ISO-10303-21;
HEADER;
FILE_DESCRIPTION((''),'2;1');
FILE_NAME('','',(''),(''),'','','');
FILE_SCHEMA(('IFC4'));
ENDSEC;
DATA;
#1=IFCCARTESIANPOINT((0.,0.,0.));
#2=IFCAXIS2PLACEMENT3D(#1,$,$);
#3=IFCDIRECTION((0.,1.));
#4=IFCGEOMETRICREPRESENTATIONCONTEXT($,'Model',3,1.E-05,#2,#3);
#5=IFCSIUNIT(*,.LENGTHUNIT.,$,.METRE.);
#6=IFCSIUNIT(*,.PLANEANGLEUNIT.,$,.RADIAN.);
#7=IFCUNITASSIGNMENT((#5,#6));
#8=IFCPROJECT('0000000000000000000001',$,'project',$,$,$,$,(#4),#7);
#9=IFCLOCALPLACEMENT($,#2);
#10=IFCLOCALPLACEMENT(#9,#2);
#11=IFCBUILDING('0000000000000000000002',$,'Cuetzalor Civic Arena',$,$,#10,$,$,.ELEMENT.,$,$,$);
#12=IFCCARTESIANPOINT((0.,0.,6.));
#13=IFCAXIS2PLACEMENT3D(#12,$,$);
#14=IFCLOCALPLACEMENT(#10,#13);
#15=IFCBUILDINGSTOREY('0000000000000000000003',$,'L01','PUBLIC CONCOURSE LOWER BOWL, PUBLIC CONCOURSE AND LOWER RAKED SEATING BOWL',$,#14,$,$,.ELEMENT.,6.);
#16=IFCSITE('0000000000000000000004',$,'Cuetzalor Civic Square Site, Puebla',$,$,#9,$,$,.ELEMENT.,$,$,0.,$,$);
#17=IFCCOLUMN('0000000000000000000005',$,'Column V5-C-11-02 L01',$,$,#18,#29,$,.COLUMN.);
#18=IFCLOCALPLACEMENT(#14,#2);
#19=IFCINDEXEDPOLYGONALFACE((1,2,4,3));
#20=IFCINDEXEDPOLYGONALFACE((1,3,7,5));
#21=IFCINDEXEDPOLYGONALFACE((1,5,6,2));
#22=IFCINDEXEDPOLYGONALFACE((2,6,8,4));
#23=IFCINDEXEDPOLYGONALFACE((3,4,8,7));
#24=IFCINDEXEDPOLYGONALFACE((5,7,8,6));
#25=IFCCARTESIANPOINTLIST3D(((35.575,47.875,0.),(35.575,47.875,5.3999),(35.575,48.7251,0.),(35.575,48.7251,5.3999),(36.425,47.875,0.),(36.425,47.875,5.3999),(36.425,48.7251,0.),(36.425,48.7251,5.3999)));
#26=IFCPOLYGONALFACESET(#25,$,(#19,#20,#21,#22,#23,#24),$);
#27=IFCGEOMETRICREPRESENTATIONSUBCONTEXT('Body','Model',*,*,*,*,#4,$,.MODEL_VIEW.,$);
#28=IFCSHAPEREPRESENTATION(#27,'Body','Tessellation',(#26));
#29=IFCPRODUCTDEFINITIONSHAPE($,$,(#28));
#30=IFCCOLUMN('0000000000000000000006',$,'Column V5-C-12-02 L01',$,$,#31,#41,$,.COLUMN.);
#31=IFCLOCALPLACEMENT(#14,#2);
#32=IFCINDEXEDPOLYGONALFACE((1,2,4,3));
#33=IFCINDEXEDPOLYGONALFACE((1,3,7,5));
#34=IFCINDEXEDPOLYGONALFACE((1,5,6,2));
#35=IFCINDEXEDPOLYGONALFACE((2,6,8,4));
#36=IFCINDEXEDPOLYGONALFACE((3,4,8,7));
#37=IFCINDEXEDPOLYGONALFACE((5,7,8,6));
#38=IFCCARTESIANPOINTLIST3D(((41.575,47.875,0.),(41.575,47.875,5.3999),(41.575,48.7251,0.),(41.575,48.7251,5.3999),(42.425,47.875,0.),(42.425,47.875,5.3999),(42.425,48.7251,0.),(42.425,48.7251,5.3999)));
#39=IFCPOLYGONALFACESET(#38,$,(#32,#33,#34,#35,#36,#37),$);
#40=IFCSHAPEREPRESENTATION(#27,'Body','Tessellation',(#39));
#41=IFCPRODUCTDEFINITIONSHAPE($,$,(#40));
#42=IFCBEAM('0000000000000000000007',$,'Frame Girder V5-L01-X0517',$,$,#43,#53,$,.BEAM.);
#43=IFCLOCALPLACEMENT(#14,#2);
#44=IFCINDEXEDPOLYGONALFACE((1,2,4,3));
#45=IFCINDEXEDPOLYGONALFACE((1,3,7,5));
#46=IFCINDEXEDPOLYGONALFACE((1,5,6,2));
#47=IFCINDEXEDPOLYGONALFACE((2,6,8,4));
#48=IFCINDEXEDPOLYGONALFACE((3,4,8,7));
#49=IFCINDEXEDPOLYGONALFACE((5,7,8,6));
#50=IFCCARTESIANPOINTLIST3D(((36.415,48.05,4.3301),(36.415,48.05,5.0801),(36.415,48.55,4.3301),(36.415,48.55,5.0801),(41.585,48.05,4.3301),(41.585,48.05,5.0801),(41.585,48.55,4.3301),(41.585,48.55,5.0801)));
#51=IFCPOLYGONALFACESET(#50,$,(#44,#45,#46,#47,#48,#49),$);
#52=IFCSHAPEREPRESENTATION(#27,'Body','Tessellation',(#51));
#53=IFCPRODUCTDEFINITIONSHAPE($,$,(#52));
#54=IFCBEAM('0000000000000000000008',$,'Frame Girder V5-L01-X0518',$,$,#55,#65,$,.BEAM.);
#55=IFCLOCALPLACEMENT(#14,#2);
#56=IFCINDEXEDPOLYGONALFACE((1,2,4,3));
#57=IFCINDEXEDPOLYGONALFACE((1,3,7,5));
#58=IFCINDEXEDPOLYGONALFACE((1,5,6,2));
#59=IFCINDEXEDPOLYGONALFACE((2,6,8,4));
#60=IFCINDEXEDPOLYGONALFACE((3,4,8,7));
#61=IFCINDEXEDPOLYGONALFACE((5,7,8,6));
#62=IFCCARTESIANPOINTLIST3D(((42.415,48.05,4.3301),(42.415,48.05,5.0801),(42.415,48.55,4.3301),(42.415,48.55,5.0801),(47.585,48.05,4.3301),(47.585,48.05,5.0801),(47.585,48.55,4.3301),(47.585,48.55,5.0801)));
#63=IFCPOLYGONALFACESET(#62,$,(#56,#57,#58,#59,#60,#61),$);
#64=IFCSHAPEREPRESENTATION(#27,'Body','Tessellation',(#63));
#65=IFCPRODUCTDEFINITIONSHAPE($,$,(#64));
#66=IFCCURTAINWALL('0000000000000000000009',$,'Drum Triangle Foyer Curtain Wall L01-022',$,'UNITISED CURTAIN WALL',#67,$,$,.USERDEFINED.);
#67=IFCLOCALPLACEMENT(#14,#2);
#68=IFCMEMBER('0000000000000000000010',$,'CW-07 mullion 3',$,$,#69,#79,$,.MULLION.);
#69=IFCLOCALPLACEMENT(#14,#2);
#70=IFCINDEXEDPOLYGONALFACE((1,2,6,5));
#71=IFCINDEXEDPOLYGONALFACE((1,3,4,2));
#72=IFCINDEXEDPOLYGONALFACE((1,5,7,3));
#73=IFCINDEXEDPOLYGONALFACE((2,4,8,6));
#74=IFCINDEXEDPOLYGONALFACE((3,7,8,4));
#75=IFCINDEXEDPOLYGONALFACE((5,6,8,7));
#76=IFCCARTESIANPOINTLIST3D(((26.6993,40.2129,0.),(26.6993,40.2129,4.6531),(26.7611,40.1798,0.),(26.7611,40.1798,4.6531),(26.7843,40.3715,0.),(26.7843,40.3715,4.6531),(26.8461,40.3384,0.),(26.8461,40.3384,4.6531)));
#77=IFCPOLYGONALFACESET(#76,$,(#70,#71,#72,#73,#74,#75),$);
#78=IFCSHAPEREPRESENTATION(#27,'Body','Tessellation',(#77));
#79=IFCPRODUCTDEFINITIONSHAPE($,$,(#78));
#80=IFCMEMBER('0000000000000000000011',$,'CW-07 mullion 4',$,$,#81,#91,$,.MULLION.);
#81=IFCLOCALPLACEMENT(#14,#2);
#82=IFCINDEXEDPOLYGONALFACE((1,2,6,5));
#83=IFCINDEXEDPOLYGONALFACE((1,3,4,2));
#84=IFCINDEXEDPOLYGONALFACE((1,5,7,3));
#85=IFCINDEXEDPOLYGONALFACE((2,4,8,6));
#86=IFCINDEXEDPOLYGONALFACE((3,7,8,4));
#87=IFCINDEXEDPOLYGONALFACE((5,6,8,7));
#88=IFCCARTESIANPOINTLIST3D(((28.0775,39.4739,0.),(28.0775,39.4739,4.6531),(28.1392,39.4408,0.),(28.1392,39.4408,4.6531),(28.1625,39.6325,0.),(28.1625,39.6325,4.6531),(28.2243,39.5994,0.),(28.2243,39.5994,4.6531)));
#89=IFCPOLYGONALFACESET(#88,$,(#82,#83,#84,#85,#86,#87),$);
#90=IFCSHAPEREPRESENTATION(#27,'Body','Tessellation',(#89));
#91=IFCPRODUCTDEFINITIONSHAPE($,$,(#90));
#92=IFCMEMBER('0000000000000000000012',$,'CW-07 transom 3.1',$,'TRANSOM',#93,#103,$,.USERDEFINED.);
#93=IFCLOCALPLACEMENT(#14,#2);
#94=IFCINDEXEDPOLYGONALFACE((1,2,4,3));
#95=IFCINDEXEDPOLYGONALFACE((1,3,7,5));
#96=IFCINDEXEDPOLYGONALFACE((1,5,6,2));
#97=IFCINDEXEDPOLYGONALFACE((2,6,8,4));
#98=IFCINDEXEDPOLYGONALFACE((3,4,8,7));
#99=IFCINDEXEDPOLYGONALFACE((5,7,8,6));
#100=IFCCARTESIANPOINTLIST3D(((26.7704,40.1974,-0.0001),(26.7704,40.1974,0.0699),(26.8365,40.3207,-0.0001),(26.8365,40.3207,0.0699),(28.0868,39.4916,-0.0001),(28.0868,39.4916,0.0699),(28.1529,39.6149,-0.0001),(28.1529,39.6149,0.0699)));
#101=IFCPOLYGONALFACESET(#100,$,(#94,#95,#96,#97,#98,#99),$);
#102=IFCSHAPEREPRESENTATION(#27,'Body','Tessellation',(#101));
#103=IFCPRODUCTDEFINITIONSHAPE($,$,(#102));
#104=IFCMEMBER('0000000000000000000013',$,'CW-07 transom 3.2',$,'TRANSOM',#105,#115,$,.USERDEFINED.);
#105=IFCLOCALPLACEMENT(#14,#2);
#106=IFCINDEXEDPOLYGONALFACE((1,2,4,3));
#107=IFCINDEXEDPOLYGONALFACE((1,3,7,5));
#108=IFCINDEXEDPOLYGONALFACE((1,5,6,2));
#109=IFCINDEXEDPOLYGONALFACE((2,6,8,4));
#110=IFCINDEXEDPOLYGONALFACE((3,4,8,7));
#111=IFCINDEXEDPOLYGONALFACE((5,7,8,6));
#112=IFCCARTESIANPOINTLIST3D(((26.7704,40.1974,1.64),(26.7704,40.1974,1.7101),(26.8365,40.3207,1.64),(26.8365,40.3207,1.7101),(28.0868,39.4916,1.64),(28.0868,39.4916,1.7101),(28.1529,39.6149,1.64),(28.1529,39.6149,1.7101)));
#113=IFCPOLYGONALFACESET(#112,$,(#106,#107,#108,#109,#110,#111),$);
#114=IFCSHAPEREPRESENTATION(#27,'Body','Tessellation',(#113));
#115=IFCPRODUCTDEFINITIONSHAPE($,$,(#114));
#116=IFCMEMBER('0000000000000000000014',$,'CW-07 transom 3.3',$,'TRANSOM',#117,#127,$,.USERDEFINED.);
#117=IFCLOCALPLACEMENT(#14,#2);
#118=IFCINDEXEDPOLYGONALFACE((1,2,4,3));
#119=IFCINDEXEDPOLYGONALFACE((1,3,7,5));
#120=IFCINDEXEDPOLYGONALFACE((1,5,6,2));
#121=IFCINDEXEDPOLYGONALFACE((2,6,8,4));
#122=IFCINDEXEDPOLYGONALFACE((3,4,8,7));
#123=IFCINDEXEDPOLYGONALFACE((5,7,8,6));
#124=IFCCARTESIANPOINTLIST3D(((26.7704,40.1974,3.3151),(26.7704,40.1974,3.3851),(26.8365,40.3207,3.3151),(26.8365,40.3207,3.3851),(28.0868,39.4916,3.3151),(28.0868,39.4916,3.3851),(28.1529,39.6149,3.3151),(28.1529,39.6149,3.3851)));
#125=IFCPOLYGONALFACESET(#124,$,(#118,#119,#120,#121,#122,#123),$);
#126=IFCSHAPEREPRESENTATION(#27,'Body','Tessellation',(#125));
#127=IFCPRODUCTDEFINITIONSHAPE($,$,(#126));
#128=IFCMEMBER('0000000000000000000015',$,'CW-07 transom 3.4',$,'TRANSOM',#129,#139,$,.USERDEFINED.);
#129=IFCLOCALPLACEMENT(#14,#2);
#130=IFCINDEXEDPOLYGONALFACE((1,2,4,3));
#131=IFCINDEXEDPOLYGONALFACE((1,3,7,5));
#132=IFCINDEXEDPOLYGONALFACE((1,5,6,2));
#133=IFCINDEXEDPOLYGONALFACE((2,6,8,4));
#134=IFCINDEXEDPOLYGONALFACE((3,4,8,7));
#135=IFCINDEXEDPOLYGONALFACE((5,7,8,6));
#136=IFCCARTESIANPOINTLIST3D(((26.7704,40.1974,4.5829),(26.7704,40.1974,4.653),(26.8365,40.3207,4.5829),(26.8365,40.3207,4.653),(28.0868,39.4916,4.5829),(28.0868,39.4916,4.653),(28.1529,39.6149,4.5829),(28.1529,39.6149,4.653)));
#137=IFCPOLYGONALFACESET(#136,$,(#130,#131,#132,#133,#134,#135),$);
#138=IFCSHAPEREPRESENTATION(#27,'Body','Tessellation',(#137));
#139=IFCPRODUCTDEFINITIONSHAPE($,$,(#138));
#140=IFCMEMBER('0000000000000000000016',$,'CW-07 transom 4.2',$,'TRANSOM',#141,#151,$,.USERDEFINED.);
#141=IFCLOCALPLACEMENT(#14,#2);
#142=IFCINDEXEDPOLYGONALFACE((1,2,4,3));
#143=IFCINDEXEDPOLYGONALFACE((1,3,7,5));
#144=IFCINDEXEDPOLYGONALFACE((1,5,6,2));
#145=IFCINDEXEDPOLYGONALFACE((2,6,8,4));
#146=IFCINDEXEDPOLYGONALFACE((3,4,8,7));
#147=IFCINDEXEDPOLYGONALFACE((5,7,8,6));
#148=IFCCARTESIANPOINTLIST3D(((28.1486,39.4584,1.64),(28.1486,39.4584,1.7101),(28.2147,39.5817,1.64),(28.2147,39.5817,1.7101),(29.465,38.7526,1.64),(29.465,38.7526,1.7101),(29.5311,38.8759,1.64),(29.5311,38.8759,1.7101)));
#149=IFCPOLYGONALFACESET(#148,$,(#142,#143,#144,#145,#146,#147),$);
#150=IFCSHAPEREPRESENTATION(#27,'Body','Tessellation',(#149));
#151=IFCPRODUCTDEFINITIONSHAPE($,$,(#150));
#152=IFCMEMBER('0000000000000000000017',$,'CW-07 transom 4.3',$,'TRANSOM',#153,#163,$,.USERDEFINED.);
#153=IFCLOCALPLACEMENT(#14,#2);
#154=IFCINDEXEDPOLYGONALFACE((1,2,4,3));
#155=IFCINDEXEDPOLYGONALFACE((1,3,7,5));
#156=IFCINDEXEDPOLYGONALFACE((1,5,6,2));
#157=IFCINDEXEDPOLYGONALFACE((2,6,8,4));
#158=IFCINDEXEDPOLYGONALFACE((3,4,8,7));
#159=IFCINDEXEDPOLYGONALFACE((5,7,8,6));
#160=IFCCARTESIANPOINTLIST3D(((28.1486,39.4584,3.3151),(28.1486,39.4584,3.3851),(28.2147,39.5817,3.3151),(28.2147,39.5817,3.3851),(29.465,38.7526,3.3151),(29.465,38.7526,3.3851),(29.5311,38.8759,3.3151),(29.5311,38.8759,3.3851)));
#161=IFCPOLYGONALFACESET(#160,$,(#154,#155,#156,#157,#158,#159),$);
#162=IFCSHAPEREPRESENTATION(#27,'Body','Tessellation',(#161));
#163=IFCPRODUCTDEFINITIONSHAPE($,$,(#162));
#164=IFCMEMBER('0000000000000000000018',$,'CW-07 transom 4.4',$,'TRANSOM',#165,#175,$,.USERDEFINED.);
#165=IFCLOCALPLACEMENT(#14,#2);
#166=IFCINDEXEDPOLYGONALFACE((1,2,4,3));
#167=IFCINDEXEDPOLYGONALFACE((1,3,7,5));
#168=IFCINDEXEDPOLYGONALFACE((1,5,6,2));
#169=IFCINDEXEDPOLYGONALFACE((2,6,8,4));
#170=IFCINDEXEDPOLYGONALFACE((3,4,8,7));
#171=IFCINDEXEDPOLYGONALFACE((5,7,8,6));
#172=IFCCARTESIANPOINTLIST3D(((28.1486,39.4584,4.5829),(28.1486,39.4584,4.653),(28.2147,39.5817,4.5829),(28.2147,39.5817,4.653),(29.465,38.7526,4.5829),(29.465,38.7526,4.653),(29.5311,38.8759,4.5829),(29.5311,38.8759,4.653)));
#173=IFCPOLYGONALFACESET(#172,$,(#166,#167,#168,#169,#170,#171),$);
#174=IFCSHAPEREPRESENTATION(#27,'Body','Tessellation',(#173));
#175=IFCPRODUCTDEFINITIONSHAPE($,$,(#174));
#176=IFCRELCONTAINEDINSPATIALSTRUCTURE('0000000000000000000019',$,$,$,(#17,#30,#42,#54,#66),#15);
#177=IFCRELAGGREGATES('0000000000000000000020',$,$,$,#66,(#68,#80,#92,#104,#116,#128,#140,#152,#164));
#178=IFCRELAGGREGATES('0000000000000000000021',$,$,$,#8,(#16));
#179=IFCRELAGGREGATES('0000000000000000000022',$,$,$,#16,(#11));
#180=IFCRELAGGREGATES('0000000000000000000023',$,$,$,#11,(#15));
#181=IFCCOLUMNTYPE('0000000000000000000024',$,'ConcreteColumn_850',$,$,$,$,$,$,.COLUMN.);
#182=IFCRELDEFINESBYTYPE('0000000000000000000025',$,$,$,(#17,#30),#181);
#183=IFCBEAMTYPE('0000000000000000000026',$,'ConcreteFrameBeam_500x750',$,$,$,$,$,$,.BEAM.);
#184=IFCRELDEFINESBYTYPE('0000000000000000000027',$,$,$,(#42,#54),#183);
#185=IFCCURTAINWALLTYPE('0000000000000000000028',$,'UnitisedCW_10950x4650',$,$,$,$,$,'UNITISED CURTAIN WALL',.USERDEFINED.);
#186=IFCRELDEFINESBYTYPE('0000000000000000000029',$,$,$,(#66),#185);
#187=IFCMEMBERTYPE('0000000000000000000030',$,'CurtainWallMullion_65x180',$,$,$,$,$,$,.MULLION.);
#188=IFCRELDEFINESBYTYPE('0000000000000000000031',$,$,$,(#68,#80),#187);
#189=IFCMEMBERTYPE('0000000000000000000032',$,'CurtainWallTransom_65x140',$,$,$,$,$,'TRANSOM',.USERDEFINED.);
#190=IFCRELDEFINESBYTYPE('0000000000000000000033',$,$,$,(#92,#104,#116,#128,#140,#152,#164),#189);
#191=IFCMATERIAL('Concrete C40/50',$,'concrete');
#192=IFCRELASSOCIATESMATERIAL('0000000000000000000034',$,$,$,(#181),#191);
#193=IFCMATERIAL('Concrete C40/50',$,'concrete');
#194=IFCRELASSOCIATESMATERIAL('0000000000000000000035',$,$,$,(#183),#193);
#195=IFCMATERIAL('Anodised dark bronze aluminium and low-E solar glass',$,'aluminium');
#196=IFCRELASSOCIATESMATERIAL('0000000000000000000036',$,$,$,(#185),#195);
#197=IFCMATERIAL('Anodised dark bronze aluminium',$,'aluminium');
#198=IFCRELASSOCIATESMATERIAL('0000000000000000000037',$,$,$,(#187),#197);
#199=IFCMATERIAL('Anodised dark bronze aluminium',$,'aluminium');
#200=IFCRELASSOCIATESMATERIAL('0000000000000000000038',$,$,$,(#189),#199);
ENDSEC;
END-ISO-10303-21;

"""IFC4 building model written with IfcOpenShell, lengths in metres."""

from ifc_helpers import new_model, si_unit, direction, frame, origin, origin_2d, place, context, subcontext, project, spatial, rectangle, extrude, material, material_profile, profile_set, type_object, element, aggregate, save


model = new_model("IFC4")

# Units and contexts
model_context = context("Model", 3, precision=1e-05, world=origin(), true_north=direction((0.0, 1.0)))
body_context = subcontext(model_context, "Body", "Model", "MODEL_VIEW")
ifc_project = project(units=[si_unit("LENGTHUNIT", "METRE"), si_unit("PLANEANGLEUNIT", "RADIAN")], contexts=[model_context])

# Site, building, storey
site_placement = place(None, origin())
site = spatial("IfcSite", under=ifc_project, at=site_placement, Name="Cuetzalor Civic Square Site, Puebla", CompositionType="ELEMENT", RefElevation=0.0)
building_placement = place(site_placement, origin())
building = spatial("IfcBuilding", under=site, at=building_placement, Name="Cuetzalor Civic Arena", CompositionType="ELEMENT")
storey_placement = place(building_placement, frame((0.0, 0.0, 6.0)))
storey = spatial("IfcBuildingStorey", under=building, at=storey_placement, Name="L01", Description="PUBLIC CONCOURSE LOWER BOWL, PUBLIC CONCOURSE AND LOWER RAKED SEATING BOWL", CompositionType="ELEMENT", Elevation=6.0)

# Columns
ifc_material_1 = material(Name="Concrete C40/50", Category="concrete")
ifc_material_profile_1 = material_profile(ifc_material_1, rectangle(XDim=0.8501, YDim=0.8501, at=origin_2d()), Name="RC 850x850")
ifc_profile_set_1 = profile_set([ifc_material_profile_1], Name="Concrete C40/50")
column_type = type_object("IfcColumnType", Name="ConcreteColumn_850", PredefinedType="COLUMN", material=ifc_profile_set_1)
for number, where, z_axis, x_axis, name in (
    (1, (36.0, 48.3, 0.0), (0.0, 0.0, 1.0), (1.0, 0.0, 0.0), "Column V5-C-11-02 L01"),
    (2, (42.0, 48.3, 0.0), (0.0, 0.0, 1.0), (1.0, 0.0, 0.0), "Column V5-C-12-02 L01"),
):
    element("IfcColumn", number, at=place(storey_placement, frame(where, z_axis=z_axis, x_axis=x_axis)), inside=storey, type_object=column_type, Name=name, PredefinedType="COLUMN", context=body_context, shape_type="SweptSolid", body=[
        extrude(rectangle(XDim=0.8501, YDim=0.8501, at=origin_2d()), origin(), (0.0, 0.0, 1.0), 5.3999),
    ])

# Beams
ifc_material_2 = material(Name="Concrete C40/50", Category="concrete")
ifc_material_profile_2 = material_profile(ifc_material_2, rectangle(XDim=0.5, YDim=0.75, at=origin_2d()), Name="RC 500x750")
ifc_profile_set_2 = profile_set([ifc_material_profile_2], Name="Concrete C40/50")
beam_type_1 = type_object("IfcBeamType", Name="ConcreteFrameBeam_500x750", PredefinedType="BEAM", material=ifc_profile_set_2)
for number, where, z_axis, x_axis, name in (
    (3, (36.415, 48.3, 4.7051), (1.0, 0.0, 0.0), (0.0, 1.0, 0.0), "Frame Girder V5-L01-X0517"),
    (4, (42.415, 48.3, 4.7051), (1.0, 0.0, 0.0), (0.0, 1.0, 0.0), "Frame Girder V5-L01-X0518"),
):
    element("IfcBeam", number, at=place(storey_placement, frame(where, z_axis=z_axis, x_axis=x_axis)), inside=storey, type_object=beam_type_1, Name=name, PredefinedType="BEAM", context=body_context, shape_type="SweptSolid", body=[
        extrude(rectangle(XDim=0.5, YDim=0.75, at=origin_2d()), origin(), (0.0, 0.0, 1.0), 5.1699),
    ])

# Curtain wall, members
ifc_material_3 = material(Name="Anodised dark bronze aluminium and low-E solar glass", Category="aluminium")
curtain_wall_type = type_object("IfcCurtainWallType", Name="UnitisedCW_10950x4650", ElementType="UNITISED CURTAIN WALL", PredefinedType="USERDEFINED", material=ifc_material_3)
curtain_wall_placement = place(storey_placement, origin())
curtain_wall = element("IfcCurtainWall", 5, at=curtain_wall_placement, inside=storey, type_object=curtain_wall_type, Name="Drum Triangle Foyer Curtain Wall L01-022", ObjectType="UNITISED CURTAIN WALL", PredefinedType="USERDEFINED")
ifc_material_4 = material(Name="Anodised dark bronze aluminium", Category="aluminium")
ifc_material_profile_3 = material_profile(ifc_material_4, rectangle(XDim=0.0701, YDim=0.1799, at=origin_2d()), Name="ALU MULLION 70x180")
ifc_profile_set_3 = profile_set([ifc_material_profile_3], Name="Anodised dark bronze aluminium")
member_type_1 = type_object("IfcMemberType", Name="CurtainWallMullion_65x180", PredefinedType="MULLION", material=ifc_profile_set_3)
member_1_placement = place(storey_placement, frame((26.7727, 40.2756, 0.0), z_axis=(0.0, 0.0, 1.0), x_axis=(0.881306, -0.472545, 0.0)))
member_1 = element("IfcMember", 6, at=member_1_placement, type_object=member_type_1, Name="CW-07 mullion 3", PredefinedType="MULLION", context=body_context, shape_type="SweptSolid", body=[
    extrude(rectangle(XDim=0.0701, YDim=0.1799, at=origin_2d()), origin(), (0.0, 0.0, 1.0), 4.6531),
])
member_2_placement = place(storey_placement, frame((28.1509, 39.5366, 0.0), z_axis=(0.0, 0.0, 1.0), x_axis=(0.881306, -0.472545, 0.0)))
member_2 = element("IfcMember", 7, at=member_2_placement, type_object=member_type_1, Name="CW-07 mullion 4", PredefinedType="MULLION", context=body_context, shape_type="SweptSolid", body=[
    extrude(rectangle(XDim=0.0701, YDim=0.1799, at=origin_2d()), origin(), (0.0, 0.0, 1.0), 4.6531),
])
ifc_material_5 = material(Name="Anodised dark bronze aluminium", Category="aluminium")
ifc_material_profile_4 = material_profile(ifc_material_5, rectangle(XDim=0.1399, YDim=0.0701, at=origin_2d()), Name="ALU TRANSOM 70x140")
ifc_profile_set_4 = profile_set([ifc_material_profile_4], Name="Anodised dark bronze aluminium")
member_type_2 = type_object("IfcMemberType", Name="CurtainWallTransom_65x140", ElementType="TRANSOM", PredefinedType="USERDEFINED", material=ifc_profile_set_4)
member_3_placement = place(storey_placement, frame((26.8035, 40.259, 0.0349), z_axis=(0.881315, -0.47253, 0.0), x_axis=(0.47253, 0.881315, 0.0)))
member_3 = element("IfcMember", 8, at=member_3_placement, type_object=member_type_2, Name="CW-07 transom 3.1", ObjectType="TRANSOM", PredefinedType="USERDEFINED", context=body_context, shape_type="SweptSolid", body=[
    extrude(rectangle(XDim=0.1399, YDim=0.0701, at=origin_2d()), origin(), (0.0, 0.0, 1.0), 1.4937),
])
member_4_placement = place(storey_placement, frame((26.8035, 40.259, 1.675), z_axis=(0.881315, -0.47253, 0.0), x_axis=(0.47253, 0.881315, 0.0)))
member_4 = element("IfcMember", 9, at=member_4_placement, type_object=member_type_2, Name="CW-07 transom 3.2", ObjectType="TRANSOM", PredefinedType="USERDEFINED", context=body_context, shape_type="SweptSolid", body=[
    extrude(rectangle(XDim=0.1399, YDim=0.0701, at=origin_2d()), origin(), (0.0, 0.0, 1.0), 1.4937),
])
member_5_placement = place(storey_placement, frame((26.8035, 40.259, 3.3501), z_axis=(0.881315, -0.47253, 0.0), x_axis=(0.47253, 0.881315, 0.0)))
member_5 = element("IfcMember", 10, at=member_5_placement, type_object=member_type_2, Name="CW-07 transom 3.3", ObjectType="TRANSOM", PredefinedType="USERDEFINED", context=body_context, shape_type="SweptSolid", body=[
    extrude(rectangle(XDim=0.1399, YDim=0.0701, at=origin_2d()), origin(), (0.0, 0.0, 1.0), 1.4937),
])
member_6_placement = place(storey_placement, frame((26.8035, 40.259, 4.6179), z_axis=(0.881315, -0.47253, 0.0), x_axis=(0.47253, 0.881315, 0.0)))
member_6 = element("IfcMember", 11, at=member_6_placement, type_object=member_type_2, Name="CW-07 transom 3.4", ObjectType="TRANSOM", PredefinedType="USERDEFINED", context=body_context, shape_type="SweptSolid", body=[
    extrude(rectangle(XDim=0.1399, YDim=0.0701, at=origin_2d()), origin(), (0.0, 0.0, 1.0), 1.4937),
])
member_7_placement = place(storey_placement, frame((28.1816, 39.52, 1.675), z_axis=(0.881315, -0.47253, 0.0), x_axis=(0.47253, 0.881315, 0.0)))
member_7 = element("IfcMember", 12, at=member_7_placement, type_object=member_type_2, Name="CW-07 transom 4.2", ObjectType="TRANSOM", PredefinedType="USERDEFINED", context=body_context, shape_type="SweptSolid", body=[
    extrude(rectangle(XDim=0.1399, YDim=0.0701, at=origin_2d()), origin(), (0.0, 0.0, 1.0), 1.4937),
])
member_8_placement = place(storey_placement, frame((28.1816, 39.52, 3.3501), z_axis=(0.881315, -0.47253, 0.0), x_axis=(0.47253, 0.881315, 0.0)))
member_8 = element("IfcMember", 13, at=member_8_placement, type_object=member_type_2, Name="CW-07 transom 4.3", ObjectType="TRANSOM", PredefinedType="USERDEFINED", context=body_context, shape_type="SweptSolid", body=[
    extrude(rectangle(XDim=0.1399, YDim=0.0701, at=origin_2d()), origin(), (0.0, 0.0, 1.0), 1.4937),
])
member_9_placement = place(storey_placement, frame((28.1816, 39.52, 4.6179), z_axis=(0.881315, -0.47253, 0.0), x_axis=(0.47253, 0.881315, 0.0)))
member_9 = element("IfcMember", 14, at=member_9_placement, type_object=member_type_2, Name="CW-07 transom 4.4", ObjectType="TRANSOM", PredefinedType="USERDEFINED", context=body_context, shape_type="SweptSolid", body=[
    extrude(rectangle(XDim=0.1399, YDim=0.0701, at=origin_2d()), origin(), (0.0, 0.0, 1.0), 1.4937),
])

aggregate(curtain_wall, [member_1, member_2, member_3, member_4, member_5, member_6, member_7, member_8, member_9])

save(model, "model.ifc")
